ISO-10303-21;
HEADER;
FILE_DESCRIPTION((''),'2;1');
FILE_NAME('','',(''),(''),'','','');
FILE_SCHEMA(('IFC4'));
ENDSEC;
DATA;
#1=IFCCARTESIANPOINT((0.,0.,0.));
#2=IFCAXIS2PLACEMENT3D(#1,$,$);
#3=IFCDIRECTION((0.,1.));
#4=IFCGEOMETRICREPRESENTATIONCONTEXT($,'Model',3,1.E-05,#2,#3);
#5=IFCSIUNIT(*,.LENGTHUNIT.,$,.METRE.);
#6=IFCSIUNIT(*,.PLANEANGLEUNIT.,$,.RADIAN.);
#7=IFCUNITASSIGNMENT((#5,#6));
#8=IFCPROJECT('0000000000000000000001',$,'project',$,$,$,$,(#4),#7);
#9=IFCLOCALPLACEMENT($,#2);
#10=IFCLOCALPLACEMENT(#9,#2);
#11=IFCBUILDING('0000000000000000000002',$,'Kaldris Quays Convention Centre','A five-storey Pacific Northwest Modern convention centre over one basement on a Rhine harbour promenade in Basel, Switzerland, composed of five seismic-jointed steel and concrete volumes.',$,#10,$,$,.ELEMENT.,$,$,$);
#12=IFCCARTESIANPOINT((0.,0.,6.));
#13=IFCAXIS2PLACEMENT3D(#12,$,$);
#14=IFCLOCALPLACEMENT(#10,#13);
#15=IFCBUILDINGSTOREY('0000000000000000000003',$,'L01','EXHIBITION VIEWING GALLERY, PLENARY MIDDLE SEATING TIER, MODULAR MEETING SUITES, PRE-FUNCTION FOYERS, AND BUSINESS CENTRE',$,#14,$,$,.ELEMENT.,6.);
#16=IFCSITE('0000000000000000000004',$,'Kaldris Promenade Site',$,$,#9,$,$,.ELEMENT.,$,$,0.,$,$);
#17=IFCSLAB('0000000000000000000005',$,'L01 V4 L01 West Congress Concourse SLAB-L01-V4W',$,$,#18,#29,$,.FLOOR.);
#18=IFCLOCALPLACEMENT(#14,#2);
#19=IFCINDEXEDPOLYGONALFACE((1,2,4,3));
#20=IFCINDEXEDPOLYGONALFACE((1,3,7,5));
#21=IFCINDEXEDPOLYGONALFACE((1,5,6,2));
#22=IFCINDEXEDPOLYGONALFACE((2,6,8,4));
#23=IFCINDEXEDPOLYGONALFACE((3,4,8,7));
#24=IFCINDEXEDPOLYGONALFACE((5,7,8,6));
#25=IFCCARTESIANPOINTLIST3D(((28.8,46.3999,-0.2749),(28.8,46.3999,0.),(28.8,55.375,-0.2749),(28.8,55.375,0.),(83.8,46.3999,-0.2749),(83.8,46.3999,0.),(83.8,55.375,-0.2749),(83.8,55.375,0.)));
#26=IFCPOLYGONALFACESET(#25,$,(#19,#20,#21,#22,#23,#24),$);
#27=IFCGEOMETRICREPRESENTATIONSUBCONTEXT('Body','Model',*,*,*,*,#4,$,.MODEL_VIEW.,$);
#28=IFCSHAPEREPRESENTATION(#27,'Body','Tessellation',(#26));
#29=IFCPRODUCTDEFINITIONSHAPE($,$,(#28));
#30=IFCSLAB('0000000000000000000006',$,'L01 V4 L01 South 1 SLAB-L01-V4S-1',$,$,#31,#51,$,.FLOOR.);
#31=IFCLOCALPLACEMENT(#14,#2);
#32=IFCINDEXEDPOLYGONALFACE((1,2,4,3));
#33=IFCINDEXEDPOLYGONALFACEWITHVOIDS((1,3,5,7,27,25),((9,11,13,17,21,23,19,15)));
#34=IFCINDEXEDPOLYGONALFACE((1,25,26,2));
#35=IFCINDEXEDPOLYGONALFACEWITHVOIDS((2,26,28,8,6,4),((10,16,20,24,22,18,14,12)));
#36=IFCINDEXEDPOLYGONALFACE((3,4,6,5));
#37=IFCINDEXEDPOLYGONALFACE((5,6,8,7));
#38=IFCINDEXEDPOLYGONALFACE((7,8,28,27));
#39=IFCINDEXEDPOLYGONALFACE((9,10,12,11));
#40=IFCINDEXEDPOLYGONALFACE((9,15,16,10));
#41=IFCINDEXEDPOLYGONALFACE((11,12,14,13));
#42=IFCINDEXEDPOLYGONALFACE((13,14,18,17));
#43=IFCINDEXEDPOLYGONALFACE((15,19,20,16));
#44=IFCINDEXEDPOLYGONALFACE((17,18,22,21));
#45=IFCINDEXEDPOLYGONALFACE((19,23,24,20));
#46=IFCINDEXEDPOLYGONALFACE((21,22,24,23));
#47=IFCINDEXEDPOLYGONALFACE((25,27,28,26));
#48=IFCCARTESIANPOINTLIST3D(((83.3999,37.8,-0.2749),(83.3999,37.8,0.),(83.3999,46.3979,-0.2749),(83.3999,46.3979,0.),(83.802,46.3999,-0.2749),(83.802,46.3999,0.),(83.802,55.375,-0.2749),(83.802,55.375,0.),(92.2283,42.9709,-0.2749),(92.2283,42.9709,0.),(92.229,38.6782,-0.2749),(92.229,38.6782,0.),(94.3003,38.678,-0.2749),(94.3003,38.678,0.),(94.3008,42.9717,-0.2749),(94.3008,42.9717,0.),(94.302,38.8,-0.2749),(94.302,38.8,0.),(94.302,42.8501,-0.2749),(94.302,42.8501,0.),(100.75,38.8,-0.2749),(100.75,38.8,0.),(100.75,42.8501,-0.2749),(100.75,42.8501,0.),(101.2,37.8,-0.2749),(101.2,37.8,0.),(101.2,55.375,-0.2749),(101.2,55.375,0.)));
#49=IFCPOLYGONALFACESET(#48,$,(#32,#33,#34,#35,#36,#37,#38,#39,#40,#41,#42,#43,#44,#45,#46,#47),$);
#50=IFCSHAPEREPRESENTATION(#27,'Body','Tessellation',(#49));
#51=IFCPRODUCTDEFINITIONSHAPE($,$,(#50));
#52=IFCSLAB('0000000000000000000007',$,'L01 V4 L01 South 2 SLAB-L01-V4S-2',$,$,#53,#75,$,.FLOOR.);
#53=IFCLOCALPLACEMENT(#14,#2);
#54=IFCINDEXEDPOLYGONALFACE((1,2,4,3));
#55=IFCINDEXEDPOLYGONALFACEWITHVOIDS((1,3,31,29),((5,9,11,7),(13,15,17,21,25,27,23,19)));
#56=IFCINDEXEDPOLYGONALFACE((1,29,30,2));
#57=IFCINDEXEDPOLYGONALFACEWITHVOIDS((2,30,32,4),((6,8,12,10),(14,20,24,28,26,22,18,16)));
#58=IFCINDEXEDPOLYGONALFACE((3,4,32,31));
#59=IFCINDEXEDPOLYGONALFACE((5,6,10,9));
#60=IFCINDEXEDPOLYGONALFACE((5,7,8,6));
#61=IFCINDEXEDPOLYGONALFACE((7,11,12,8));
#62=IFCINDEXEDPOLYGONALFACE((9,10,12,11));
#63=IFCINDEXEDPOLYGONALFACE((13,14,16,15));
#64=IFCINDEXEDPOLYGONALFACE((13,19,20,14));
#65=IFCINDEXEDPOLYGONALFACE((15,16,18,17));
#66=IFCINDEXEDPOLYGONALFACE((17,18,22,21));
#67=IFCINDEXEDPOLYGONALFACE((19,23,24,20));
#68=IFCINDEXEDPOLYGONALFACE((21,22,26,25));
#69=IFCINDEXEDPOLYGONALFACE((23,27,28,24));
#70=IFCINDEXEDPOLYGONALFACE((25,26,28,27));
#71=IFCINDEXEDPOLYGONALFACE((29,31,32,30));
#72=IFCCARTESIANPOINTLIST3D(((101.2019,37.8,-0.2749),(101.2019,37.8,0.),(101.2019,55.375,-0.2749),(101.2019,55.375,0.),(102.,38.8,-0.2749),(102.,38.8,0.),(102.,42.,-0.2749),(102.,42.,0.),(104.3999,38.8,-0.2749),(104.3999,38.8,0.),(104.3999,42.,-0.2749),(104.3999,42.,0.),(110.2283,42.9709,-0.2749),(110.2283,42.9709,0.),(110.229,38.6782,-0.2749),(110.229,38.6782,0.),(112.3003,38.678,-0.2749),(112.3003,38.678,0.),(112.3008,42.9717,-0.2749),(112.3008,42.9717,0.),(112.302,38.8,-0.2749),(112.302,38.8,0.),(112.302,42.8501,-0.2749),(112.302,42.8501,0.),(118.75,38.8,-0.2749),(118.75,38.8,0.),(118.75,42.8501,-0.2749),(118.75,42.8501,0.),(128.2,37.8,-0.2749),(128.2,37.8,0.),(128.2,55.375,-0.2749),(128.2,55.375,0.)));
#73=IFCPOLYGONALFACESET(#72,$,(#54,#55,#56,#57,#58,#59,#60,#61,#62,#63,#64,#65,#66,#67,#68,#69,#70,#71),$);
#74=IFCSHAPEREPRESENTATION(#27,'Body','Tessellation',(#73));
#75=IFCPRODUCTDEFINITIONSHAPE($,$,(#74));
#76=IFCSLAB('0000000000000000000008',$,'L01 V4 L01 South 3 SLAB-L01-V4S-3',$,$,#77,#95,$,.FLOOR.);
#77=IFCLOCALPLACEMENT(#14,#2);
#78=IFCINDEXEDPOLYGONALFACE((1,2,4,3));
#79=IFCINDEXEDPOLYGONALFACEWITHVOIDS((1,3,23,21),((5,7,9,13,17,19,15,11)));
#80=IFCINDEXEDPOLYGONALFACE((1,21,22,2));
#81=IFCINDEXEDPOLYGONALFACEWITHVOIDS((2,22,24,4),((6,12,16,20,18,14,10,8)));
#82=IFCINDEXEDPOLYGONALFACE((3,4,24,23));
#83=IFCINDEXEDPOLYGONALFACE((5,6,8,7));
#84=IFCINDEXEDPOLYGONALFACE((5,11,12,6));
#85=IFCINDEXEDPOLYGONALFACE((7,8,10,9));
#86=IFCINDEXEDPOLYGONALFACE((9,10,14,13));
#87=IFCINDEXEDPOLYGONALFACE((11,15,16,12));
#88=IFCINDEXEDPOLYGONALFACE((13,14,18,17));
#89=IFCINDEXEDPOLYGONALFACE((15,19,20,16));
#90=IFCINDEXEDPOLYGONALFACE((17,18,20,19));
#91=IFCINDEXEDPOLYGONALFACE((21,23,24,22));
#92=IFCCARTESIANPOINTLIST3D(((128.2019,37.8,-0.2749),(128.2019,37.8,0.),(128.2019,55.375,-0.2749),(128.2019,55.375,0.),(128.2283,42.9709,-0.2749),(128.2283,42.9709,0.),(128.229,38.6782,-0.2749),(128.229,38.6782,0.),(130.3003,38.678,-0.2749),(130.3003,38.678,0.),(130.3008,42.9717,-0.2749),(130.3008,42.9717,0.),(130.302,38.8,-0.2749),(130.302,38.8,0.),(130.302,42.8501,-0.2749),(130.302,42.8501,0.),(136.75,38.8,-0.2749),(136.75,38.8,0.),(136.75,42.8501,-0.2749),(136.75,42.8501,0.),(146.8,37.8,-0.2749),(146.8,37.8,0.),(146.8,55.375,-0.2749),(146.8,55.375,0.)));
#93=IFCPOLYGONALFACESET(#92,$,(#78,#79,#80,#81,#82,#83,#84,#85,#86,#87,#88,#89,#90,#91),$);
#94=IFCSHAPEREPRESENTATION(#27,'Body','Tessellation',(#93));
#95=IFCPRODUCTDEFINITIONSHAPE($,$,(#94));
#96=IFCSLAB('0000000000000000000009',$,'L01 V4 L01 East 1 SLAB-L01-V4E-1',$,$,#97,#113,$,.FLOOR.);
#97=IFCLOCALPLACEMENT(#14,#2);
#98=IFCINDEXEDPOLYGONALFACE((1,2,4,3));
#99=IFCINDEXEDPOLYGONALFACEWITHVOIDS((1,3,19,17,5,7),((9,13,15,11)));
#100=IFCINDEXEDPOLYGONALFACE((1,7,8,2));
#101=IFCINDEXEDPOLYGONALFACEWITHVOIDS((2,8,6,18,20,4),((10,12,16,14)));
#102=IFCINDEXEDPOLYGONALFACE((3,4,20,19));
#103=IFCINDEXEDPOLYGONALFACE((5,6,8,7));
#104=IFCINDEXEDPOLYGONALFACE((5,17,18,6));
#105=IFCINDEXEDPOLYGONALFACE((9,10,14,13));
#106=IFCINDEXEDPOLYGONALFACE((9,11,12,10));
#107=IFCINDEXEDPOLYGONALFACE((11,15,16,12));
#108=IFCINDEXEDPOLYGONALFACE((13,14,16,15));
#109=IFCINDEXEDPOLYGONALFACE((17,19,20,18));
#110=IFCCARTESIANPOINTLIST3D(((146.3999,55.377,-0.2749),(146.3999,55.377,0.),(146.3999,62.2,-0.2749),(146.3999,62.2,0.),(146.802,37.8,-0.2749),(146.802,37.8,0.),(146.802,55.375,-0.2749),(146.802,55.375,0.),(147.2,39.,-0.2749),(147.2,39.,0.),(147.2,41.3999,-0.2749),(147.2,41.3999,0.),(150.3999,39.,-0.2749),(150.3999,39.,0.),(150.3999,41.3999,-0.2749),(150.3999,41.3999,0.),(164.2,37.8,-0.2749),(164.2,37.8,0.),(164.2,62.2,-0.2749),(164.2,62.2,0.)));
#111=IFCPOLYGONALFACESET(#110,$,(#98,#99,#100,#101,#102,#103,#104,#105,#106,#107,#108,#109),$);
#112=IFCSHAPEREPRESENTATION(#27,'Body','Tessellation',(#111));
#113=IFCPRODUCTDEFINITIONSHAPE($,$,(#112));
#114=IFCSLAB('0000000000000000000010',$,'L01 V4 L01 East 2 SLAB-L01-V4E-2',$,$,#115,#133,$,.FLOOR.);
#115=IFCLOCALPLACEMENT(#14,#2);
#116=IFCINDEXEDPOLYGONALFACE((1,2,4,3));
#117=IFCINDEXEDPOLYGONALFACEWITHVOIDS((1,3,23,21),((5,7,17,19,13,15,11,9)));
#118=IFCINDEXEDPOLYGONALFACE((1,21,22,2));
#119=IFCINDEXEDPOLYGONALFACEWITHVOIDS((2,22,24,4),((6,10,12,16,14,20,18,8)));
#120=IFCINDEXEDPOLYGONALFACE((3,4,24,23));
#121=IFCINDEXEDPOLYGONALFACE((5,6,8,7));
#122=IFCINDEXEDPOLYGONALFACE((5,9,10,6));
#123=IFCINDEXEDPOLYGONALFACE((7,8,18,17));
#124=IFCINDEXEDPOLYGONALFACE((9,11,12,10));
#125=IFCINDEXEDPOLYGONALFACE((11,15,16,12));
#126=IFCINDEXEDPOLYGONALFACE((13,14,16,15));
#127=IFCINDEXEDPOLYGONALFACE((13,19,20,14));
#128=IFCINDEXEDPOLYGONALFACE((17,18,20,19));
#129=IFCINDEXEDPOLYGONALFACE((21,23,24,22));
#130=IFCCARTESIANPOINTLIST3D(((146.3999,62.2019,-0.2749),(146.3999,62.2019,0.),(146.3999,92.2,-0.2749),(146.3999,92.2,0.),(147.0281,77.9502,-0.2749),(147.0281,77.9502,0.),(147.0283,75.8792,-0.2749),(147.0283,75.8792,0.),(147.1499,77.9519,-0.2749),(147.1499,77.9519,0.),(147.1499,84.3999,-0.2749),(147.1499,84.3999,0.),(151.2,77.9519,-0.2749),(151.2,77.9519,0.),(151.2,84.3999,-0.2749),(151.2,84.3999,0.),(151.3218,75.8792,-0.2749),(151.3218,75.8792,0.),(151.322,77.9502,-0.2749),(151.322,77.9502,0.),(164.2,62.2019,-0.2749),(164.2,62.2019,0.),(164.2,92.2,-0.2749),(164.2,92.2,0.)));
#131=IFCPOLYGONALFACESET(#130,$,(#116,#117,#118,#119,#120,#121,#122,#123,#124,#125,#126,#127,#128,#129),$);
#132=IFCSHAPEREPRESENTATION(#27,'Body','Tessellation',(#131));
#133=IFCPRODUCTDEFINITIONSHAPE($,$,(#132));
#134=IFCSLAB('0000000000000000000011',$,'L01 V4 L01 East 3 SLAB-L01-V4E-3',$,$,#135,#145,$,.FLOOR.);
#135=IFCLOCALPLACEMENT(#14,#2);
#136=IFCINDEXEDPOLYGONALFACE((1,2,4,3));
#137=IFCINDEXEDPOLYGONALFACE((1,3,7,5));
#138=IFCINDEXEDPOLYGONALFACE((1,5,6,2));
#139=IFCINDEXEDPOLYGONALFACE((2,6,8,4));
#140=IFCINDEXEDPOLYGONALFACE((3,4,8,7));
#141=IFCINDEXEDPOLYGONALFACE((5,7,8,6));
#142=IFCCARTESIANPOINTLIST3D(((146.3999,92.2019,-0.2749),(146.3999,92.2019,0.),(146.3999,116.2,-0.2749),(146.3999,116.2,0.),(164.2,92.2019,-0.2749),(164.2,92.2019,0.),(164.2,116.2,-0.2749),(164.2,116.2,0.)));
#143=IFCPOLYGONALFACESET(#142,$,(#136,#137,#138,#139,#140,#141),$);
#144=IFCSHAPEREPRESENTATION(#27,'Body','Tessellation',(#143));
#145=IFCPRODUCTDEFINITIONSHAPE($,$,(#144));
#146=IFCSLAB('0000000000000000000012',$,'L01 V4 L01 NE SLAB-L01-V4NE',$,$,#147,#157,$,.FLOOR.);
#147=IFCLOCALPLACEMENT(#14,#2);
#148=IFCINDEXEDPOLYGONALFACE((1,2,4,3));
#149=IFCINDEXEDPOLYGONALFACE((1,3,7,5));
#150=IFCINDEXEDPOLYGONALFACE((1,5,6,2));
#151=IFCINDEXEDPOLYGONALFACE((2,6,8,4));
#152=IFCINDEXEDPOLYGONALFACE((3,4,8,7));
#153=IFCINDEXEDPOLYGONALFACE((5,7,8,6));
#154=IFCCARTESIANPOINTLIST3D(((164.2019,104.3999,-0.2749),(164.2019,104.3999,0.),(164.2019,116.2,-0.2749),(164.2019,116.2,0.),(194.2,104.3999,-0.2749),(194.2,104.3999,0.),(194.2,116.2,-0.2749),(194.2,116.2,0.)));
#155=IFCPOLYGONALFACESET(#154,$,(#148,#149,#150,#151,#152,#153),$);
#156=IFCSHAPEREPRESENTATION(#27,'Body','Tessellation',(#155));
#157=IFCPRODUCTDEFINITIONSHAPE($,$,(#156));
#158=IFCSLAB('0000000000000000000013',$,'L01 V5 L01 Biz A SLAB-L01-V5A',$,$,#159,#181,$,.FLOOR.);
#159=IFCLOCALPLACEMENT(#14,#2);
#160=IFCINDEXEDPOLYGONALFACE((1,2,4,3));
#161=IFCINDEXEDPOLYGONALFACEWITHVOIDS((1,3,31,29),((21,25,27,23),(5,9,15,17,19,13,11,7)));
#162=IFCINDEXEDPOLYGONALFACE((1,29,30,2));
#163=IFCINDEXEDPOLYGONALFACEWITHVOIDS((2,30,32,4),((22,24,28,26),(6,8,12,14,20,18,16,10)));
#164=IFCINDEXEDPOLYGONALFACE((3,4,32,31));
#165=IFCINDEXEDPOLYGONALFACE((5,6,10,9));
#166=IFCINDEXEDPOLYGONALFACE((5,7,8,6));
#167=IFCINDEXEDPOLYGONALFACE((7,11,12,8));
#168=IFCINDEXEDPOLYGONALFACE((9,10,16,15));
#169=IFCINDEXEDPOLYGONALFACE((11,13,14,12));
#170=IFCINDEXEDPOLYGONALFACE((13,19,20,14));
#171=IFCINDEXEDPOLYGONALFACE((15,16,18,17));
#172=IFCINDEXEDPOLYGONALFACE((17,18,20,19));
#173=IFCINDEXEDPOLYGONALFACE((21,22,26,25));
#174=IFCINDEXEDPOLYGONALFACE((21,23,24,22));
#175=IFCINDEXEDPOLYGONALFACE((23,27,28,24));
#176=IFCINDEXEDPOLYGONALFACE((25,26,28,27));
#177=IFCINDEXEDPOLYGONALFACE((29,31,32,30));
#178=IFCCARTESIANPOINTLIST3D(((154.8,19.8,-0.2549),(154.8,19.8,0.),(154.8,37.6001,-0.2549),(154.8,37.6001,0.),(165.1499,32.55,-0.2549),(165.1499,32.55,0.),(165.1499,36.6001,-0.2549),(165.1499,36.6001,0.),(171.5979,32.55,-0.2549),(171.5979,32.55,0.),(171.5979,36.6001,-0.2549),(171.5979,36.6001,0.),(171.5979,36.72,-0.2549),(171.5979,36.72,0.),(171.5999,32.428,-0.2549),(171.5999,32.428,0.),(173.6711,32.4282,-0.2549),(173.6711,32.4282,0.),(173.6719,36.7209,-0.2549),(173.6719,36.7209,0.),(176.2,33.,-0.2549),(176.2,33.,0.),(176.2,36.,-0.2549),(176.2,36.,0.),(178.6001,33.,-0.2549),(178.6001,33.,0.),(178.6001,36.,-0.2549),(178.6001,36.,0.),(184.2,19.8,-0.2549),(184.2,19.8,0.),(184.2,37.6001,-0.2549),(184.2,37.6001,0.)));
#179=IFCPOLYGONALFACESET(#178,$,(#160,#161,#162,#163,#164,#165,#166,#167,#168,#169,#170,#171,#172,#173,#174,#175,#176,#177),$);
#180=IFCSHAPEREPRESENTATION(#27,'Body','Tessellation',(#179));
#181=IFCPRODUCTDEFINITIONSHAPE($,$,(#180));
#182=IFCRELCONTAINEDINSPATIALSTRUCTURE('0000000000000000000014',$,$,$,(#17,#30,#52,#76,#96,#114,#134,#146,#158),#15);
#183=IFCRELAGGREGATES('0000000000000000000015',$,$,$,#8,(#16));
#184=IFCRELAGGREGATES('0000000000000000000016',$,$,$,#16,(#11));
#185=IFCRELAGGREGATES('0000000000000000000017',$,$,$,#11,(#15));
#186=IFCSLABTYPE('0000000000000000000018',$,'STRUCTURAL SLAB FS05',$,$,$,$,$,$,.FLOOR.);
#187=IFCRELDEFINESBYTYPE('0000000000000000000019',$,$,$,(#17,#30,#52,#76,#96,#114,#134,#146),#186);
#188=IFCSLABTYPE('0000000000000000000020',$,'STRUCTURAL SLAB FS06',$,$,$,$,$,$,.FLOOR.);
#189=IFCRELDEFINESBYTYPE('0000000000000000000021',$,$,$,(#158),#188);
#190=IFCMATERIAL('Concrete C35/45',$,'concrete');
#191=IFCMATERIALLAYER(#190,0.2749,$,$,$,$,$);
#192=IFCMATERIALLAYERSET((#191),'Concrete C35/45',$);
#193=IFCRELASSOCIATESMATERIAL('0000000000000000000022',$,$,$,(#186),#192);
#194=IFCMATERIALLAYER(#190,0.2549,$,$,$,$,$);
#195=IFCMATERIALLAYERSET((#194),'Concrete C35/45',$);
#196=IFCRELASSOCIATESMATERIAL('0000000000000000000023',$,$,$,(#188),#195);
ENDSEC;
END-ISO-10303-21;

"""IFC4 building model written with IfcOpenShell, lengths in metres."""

from ifc_helpers import new_model, si_unit, direction, frame, origin, place, context, subcontext, project, spatial, polyline, outline, extrude, material, layer, layer_set, type_object, element, save


model = new_model("IFC4")

# Units and contexts
model_context = context("Model", 3, precision=1e-05, world=origin(), true_north=direction((0.0, 1.0)))
body_context = subcontext(model_context, "Body", "Model", "MODEL_VIEW")
ifc_project = project(units=[si_unit("LENGTHUNIT", "METRE"), si_unit("PLANEANGLEUNIT", "RADIAN")], contexts=[model_context])

# Site, building, storey
site_placement = place(None, origin())
site = spatial("IfcSite", under=ifc_project, at=site_placement, Name="Kaldris Promenade Site", CompositionType="ELEMENT", RefElevation=0.0)
building_placement = place(site_placement, origin())
building = spatial("IfcBuilding", under=site, at=building_placement, Name="Kaldris Quays Convention Centre", Description="A five-storey Pacific Northwest Modern convention centre over one basement on a Rhine harbour promenade in Basel, Switzerland, composed of five seismic-jointed steel and concrete volumes.", CompositionType="ELEMENT")
storey_placement = place(building_placement, frame((0.0, 0.0, 6.0)))
storey = spatial("IfcBuildingStorey", under=building, at=storey_placement, Name="L01", Description="EXHIBITION VIEWING GALLERY, PLENARY MIDDLE SEATING TIER, MODULAR MEETING SUITES, PRE-FUNCTION FOYERS, AND BUSINESS CENTRE", CompositionType="ELEMENT", Elevation=6.0)

# Shared definitions
ifc_material = material(Name="Concrete C35/45", Category="concrete")

# Slabs
ifc_layer_1 = layer(ifc_material, 0.2749)
ifc_layer_set_1 = layer_set([ifc_layer_1], Name="Concrete C35/45")
slab_type_1 = type_object("IfcSlabType", Name="STRUCTURAL SLAB FS05", PredefinedType="FLOOR", material=ifc_layer_set_1)
slab_1_placement = place(storey_placement, frame((0.0, 0.0, -0.2749)))
element("IfcSlab", 1, at=slab_1_placement, inside=storey, type_object=slab_type_1, Name="L01 V4 L01 West Congress Concourse SLAB-L01-V4W", PredefinedType="FLOOR", context=body_context, shape_type="SweptSolid", body=[
    extrude(outline(polyline([(28.8, 46.3999), (28.8, 55.375), (83.8, 55.375), (83.8, 46.3999), (28.8, 46.3999)])), origin(), (0.0, 0.0, 1.0), 0.2749),
])
slab_2_placement = place(storey_placement, frame((0.0, 0.0, -0.2749)))
element("IfcSlab", 2, at=slab_2_placement, inside=storey, type_object=slab_type_1, Name="L01 V4 L01 South 1 SLAB-L01-V4S-1", PredefinedType="FLOOR", context=body_context, shape_type="SweptSolid", body=[
    extrude(outline(polyline([(101.2, 55.375), (101.2, 37.8), (83.3999, 37.8), (83.3999, 46.3979), (83.802, 46.3999), (83.802, 55.375), (101.2, 55.375)]), holes=[polyline([(94.3008, 42.9717), (92.2283, 42.9709), (92.229, 38.6782), (94.3003, 38.678), (94.302, 38.8), (100.75, 38.8), (100.75, 42.8501), (94.302, 42.8501), (94.3008, 42.9717)])]), origin(), (0.0, 0.0, 1.0), 0.2749),
])
slab_3_placement = place(storey_placement, frame((0.0, 0.0, -0.2749)))
element("IfcSlab", 3, at=slab_3_placement, inside=storey, type_object=slab_type_1, Name="L01 V4 L01 South 2 SLAB-L01-V4S-2", PredefinedType="FLOOR", context=body_context, shape_type="SweptSolid", body=[
    extrude(outline(polyline([(128.2, 55.375), (128.2, 37.8), (101.2019, 37.8), (101.2019, 55.375), (128.2, 55.375)]), holes=[polyline([(104.3999, 38.8), (104.3999, 42.0), (102.0, 42.0), (102.0, 38.8), (104.3999, 38.8)]), polyline([(112.3008, 42.9717), (110.2283, 42.9709), (110.229, 38.6782), (112.3003, 38.678), (112.302, 38.8), (118.75, 38.8), (118.75, 42.8501), (112.302, 42.8501), (112.3008, 42.9717)])]), origin(), (0.0, 0.0, 1.0), 0.2749),
])
slab_4_placement = place(storey_placement, frame((0.0, 0.0, -0.2749)))
element("IfcSlab", 4, at=slab_4_placement, inside=storey, type_object=slab_type_1, Name="L01 V4 L01 South 3 SLAB-L01-V4S-3", PredefinedType="FLOOR", context=body_context, shape_type="SweptSolid", body=[
    extrude(outline(polyline([(146.8, 55.375), (146.8, 37.8), (128.2019, 37.8), (128.2019, 55.375), (146.8, 55.375)]), holes=[polyline([(130.3008, 42.9717), (128.2283, 42.9709), (128.229, 38.6782), (130.3003, 38.678), (130.302, 38.8), (136.75, 38.8), (136.75, 42.8501), (130.302, 42.8501), (130.3008, 42.9717)])]), origin(), (0.0, 0.0, 1.0), 0.2749),
])
slab_5_placement = place(storey_placement, frame((0.0, 0.0, -0.2749)))
element("IfcSlab", 5, at=slab_5_placement, inside=storey, type_object=slab_type_1, Name="L01 V4 L01 East 1 SLAB-L01-V4E-1", PredefinedType="FLOOR", context=body_context, shape_type="SweptSolid", body=[
    extrude(outline(polyline([(146.3999, 62.2), (164.2, 62.2), (164.2, 37.8), (146.802, 37.8), (146.802, 55.375), (146.3999, 55.377), (146.3999, 62.2)]), holes=[polyline([(150.3999, 39.0), (150.3999, 41.3999), (147.2, 41.3999), (147.2, 39.0), (150.3999, 39.0)])]), origin(), (0.0, 0.0, 1.0), 0.2749),
])
slab_6_placement = place(storey_placement, frame((0.0, 0.0, -0.2749)))
element("IfcSlab", 6, at=slab_6_placement, inside=storey, type_object=slab_type_1, Name="L01 V4 L01 East 2 SLAB-L01-V4E-2", PredefinedType="FLOOR", context=body_context, shape_type="SweptSolid", body=[
    extrude(outline(polyline([(146.3999, 92.2), (164.2, 92.2), (164.2, 62.2019), (146.3999, 62.2019), (146.3999, 92.2)]), holes=[polyline([(151.3218, 75.8792), (151.322, 77.9502), (151.2, 77.9519), (151.2, 84.3999), (147.1499, 84.3999), (147.1499, 77.9519), (147.0281, 77.9502), (147.0283, 75.8792), (151.3218, 75.8792)])]), origin(), (0.0, 0.0, 1.0), 0.2749),
])
slab_7_placement = place(storey_placement, frame((0.0, 0.0, -0.2749)))
element("IfcSlab", 7, at=slab_7_placement, inside=storey, type_object=slab_type_1, Name="L01 V4 L01 East 3 SLAB-L01-V4E-3", PredefinedType="FLOOR", context=body_context, shape_type="SweptSolid", body=[
    extrude(outline(polyline([(146.3999, 116.2), (164.2, 116.2), (164.2, 92.2019), (146.3999, 92.2019), (146.3999, 116.2)])), origin(), (0.0, 0.0, 1.0), 0.2749),
])
slab_8_placement = place(storey_placement, frame((0.0, 0.0, -0.2749)))
element("IfcSlab", 8, at=slab_8_placement, inside=storey, type_object=slab_type_1, Name="L01 V4 L01 NE SLAB-L01-V4NE", PredefinedType="FLOOR", context=body_context, shape_type="SweptSolid", body=[
    extrude(outline(polyline([(194.2, 116.2), (194.2, 104.3999), (164.2019, 104.3999), (164.2019, 116.2), (194.2, 116.2)])), origin(), (0.0, 0.0, 1.0), 0.2749),
])
ifc_layer_2 = layer(ifc_material, 0.2549)
ifc_layer_set_2 = layer_set([ifc_layer_2], Name="Concrete C35/45")
slab_type_2 = type_object("IfcSlabType", Name="STRUCTURAL SLAB FS06", PredefinedType="FLOOR", material=ifc_layer_set_2)
slab_9_placement = place(storey_placement, frame((0.0, 0.0, -0.2549)))
element("IfcSlab", 9, at=slab_9_placement, inside=storey, type_object=slab_type_2, Name="L01 V5 L01 Biz A SLAB-L01-V5A", PredefinedType="FLOOR", context=body_context, shape_type="SweptSolid", body=[
    extrude(outline(polyline([(154.8, 19.8), (154.8, 37.6001), (184.2, 37.6001), (184.2, 19.8), (154.8, 19.8)]), holes=[polyline([(178.6001, 33.0), (178.6001, 36.0), (176.2, 36.0), (176.2, 33.0), (178.6001, 33.0)]), polyline([(171.5979, 36.72), (171.5979, 36.6001), (165.1499, 36.6001), (165.1499, 32.55), (171.5979, 32.55), (171.5999, 32.428), (173.6711, 32.4282), (173.6719, 36.7209), (171.5979, 36.72)])]), origin(), (0.0, 0.0, 1.0), 0.2549),
])

save(model, "model.ifc")
